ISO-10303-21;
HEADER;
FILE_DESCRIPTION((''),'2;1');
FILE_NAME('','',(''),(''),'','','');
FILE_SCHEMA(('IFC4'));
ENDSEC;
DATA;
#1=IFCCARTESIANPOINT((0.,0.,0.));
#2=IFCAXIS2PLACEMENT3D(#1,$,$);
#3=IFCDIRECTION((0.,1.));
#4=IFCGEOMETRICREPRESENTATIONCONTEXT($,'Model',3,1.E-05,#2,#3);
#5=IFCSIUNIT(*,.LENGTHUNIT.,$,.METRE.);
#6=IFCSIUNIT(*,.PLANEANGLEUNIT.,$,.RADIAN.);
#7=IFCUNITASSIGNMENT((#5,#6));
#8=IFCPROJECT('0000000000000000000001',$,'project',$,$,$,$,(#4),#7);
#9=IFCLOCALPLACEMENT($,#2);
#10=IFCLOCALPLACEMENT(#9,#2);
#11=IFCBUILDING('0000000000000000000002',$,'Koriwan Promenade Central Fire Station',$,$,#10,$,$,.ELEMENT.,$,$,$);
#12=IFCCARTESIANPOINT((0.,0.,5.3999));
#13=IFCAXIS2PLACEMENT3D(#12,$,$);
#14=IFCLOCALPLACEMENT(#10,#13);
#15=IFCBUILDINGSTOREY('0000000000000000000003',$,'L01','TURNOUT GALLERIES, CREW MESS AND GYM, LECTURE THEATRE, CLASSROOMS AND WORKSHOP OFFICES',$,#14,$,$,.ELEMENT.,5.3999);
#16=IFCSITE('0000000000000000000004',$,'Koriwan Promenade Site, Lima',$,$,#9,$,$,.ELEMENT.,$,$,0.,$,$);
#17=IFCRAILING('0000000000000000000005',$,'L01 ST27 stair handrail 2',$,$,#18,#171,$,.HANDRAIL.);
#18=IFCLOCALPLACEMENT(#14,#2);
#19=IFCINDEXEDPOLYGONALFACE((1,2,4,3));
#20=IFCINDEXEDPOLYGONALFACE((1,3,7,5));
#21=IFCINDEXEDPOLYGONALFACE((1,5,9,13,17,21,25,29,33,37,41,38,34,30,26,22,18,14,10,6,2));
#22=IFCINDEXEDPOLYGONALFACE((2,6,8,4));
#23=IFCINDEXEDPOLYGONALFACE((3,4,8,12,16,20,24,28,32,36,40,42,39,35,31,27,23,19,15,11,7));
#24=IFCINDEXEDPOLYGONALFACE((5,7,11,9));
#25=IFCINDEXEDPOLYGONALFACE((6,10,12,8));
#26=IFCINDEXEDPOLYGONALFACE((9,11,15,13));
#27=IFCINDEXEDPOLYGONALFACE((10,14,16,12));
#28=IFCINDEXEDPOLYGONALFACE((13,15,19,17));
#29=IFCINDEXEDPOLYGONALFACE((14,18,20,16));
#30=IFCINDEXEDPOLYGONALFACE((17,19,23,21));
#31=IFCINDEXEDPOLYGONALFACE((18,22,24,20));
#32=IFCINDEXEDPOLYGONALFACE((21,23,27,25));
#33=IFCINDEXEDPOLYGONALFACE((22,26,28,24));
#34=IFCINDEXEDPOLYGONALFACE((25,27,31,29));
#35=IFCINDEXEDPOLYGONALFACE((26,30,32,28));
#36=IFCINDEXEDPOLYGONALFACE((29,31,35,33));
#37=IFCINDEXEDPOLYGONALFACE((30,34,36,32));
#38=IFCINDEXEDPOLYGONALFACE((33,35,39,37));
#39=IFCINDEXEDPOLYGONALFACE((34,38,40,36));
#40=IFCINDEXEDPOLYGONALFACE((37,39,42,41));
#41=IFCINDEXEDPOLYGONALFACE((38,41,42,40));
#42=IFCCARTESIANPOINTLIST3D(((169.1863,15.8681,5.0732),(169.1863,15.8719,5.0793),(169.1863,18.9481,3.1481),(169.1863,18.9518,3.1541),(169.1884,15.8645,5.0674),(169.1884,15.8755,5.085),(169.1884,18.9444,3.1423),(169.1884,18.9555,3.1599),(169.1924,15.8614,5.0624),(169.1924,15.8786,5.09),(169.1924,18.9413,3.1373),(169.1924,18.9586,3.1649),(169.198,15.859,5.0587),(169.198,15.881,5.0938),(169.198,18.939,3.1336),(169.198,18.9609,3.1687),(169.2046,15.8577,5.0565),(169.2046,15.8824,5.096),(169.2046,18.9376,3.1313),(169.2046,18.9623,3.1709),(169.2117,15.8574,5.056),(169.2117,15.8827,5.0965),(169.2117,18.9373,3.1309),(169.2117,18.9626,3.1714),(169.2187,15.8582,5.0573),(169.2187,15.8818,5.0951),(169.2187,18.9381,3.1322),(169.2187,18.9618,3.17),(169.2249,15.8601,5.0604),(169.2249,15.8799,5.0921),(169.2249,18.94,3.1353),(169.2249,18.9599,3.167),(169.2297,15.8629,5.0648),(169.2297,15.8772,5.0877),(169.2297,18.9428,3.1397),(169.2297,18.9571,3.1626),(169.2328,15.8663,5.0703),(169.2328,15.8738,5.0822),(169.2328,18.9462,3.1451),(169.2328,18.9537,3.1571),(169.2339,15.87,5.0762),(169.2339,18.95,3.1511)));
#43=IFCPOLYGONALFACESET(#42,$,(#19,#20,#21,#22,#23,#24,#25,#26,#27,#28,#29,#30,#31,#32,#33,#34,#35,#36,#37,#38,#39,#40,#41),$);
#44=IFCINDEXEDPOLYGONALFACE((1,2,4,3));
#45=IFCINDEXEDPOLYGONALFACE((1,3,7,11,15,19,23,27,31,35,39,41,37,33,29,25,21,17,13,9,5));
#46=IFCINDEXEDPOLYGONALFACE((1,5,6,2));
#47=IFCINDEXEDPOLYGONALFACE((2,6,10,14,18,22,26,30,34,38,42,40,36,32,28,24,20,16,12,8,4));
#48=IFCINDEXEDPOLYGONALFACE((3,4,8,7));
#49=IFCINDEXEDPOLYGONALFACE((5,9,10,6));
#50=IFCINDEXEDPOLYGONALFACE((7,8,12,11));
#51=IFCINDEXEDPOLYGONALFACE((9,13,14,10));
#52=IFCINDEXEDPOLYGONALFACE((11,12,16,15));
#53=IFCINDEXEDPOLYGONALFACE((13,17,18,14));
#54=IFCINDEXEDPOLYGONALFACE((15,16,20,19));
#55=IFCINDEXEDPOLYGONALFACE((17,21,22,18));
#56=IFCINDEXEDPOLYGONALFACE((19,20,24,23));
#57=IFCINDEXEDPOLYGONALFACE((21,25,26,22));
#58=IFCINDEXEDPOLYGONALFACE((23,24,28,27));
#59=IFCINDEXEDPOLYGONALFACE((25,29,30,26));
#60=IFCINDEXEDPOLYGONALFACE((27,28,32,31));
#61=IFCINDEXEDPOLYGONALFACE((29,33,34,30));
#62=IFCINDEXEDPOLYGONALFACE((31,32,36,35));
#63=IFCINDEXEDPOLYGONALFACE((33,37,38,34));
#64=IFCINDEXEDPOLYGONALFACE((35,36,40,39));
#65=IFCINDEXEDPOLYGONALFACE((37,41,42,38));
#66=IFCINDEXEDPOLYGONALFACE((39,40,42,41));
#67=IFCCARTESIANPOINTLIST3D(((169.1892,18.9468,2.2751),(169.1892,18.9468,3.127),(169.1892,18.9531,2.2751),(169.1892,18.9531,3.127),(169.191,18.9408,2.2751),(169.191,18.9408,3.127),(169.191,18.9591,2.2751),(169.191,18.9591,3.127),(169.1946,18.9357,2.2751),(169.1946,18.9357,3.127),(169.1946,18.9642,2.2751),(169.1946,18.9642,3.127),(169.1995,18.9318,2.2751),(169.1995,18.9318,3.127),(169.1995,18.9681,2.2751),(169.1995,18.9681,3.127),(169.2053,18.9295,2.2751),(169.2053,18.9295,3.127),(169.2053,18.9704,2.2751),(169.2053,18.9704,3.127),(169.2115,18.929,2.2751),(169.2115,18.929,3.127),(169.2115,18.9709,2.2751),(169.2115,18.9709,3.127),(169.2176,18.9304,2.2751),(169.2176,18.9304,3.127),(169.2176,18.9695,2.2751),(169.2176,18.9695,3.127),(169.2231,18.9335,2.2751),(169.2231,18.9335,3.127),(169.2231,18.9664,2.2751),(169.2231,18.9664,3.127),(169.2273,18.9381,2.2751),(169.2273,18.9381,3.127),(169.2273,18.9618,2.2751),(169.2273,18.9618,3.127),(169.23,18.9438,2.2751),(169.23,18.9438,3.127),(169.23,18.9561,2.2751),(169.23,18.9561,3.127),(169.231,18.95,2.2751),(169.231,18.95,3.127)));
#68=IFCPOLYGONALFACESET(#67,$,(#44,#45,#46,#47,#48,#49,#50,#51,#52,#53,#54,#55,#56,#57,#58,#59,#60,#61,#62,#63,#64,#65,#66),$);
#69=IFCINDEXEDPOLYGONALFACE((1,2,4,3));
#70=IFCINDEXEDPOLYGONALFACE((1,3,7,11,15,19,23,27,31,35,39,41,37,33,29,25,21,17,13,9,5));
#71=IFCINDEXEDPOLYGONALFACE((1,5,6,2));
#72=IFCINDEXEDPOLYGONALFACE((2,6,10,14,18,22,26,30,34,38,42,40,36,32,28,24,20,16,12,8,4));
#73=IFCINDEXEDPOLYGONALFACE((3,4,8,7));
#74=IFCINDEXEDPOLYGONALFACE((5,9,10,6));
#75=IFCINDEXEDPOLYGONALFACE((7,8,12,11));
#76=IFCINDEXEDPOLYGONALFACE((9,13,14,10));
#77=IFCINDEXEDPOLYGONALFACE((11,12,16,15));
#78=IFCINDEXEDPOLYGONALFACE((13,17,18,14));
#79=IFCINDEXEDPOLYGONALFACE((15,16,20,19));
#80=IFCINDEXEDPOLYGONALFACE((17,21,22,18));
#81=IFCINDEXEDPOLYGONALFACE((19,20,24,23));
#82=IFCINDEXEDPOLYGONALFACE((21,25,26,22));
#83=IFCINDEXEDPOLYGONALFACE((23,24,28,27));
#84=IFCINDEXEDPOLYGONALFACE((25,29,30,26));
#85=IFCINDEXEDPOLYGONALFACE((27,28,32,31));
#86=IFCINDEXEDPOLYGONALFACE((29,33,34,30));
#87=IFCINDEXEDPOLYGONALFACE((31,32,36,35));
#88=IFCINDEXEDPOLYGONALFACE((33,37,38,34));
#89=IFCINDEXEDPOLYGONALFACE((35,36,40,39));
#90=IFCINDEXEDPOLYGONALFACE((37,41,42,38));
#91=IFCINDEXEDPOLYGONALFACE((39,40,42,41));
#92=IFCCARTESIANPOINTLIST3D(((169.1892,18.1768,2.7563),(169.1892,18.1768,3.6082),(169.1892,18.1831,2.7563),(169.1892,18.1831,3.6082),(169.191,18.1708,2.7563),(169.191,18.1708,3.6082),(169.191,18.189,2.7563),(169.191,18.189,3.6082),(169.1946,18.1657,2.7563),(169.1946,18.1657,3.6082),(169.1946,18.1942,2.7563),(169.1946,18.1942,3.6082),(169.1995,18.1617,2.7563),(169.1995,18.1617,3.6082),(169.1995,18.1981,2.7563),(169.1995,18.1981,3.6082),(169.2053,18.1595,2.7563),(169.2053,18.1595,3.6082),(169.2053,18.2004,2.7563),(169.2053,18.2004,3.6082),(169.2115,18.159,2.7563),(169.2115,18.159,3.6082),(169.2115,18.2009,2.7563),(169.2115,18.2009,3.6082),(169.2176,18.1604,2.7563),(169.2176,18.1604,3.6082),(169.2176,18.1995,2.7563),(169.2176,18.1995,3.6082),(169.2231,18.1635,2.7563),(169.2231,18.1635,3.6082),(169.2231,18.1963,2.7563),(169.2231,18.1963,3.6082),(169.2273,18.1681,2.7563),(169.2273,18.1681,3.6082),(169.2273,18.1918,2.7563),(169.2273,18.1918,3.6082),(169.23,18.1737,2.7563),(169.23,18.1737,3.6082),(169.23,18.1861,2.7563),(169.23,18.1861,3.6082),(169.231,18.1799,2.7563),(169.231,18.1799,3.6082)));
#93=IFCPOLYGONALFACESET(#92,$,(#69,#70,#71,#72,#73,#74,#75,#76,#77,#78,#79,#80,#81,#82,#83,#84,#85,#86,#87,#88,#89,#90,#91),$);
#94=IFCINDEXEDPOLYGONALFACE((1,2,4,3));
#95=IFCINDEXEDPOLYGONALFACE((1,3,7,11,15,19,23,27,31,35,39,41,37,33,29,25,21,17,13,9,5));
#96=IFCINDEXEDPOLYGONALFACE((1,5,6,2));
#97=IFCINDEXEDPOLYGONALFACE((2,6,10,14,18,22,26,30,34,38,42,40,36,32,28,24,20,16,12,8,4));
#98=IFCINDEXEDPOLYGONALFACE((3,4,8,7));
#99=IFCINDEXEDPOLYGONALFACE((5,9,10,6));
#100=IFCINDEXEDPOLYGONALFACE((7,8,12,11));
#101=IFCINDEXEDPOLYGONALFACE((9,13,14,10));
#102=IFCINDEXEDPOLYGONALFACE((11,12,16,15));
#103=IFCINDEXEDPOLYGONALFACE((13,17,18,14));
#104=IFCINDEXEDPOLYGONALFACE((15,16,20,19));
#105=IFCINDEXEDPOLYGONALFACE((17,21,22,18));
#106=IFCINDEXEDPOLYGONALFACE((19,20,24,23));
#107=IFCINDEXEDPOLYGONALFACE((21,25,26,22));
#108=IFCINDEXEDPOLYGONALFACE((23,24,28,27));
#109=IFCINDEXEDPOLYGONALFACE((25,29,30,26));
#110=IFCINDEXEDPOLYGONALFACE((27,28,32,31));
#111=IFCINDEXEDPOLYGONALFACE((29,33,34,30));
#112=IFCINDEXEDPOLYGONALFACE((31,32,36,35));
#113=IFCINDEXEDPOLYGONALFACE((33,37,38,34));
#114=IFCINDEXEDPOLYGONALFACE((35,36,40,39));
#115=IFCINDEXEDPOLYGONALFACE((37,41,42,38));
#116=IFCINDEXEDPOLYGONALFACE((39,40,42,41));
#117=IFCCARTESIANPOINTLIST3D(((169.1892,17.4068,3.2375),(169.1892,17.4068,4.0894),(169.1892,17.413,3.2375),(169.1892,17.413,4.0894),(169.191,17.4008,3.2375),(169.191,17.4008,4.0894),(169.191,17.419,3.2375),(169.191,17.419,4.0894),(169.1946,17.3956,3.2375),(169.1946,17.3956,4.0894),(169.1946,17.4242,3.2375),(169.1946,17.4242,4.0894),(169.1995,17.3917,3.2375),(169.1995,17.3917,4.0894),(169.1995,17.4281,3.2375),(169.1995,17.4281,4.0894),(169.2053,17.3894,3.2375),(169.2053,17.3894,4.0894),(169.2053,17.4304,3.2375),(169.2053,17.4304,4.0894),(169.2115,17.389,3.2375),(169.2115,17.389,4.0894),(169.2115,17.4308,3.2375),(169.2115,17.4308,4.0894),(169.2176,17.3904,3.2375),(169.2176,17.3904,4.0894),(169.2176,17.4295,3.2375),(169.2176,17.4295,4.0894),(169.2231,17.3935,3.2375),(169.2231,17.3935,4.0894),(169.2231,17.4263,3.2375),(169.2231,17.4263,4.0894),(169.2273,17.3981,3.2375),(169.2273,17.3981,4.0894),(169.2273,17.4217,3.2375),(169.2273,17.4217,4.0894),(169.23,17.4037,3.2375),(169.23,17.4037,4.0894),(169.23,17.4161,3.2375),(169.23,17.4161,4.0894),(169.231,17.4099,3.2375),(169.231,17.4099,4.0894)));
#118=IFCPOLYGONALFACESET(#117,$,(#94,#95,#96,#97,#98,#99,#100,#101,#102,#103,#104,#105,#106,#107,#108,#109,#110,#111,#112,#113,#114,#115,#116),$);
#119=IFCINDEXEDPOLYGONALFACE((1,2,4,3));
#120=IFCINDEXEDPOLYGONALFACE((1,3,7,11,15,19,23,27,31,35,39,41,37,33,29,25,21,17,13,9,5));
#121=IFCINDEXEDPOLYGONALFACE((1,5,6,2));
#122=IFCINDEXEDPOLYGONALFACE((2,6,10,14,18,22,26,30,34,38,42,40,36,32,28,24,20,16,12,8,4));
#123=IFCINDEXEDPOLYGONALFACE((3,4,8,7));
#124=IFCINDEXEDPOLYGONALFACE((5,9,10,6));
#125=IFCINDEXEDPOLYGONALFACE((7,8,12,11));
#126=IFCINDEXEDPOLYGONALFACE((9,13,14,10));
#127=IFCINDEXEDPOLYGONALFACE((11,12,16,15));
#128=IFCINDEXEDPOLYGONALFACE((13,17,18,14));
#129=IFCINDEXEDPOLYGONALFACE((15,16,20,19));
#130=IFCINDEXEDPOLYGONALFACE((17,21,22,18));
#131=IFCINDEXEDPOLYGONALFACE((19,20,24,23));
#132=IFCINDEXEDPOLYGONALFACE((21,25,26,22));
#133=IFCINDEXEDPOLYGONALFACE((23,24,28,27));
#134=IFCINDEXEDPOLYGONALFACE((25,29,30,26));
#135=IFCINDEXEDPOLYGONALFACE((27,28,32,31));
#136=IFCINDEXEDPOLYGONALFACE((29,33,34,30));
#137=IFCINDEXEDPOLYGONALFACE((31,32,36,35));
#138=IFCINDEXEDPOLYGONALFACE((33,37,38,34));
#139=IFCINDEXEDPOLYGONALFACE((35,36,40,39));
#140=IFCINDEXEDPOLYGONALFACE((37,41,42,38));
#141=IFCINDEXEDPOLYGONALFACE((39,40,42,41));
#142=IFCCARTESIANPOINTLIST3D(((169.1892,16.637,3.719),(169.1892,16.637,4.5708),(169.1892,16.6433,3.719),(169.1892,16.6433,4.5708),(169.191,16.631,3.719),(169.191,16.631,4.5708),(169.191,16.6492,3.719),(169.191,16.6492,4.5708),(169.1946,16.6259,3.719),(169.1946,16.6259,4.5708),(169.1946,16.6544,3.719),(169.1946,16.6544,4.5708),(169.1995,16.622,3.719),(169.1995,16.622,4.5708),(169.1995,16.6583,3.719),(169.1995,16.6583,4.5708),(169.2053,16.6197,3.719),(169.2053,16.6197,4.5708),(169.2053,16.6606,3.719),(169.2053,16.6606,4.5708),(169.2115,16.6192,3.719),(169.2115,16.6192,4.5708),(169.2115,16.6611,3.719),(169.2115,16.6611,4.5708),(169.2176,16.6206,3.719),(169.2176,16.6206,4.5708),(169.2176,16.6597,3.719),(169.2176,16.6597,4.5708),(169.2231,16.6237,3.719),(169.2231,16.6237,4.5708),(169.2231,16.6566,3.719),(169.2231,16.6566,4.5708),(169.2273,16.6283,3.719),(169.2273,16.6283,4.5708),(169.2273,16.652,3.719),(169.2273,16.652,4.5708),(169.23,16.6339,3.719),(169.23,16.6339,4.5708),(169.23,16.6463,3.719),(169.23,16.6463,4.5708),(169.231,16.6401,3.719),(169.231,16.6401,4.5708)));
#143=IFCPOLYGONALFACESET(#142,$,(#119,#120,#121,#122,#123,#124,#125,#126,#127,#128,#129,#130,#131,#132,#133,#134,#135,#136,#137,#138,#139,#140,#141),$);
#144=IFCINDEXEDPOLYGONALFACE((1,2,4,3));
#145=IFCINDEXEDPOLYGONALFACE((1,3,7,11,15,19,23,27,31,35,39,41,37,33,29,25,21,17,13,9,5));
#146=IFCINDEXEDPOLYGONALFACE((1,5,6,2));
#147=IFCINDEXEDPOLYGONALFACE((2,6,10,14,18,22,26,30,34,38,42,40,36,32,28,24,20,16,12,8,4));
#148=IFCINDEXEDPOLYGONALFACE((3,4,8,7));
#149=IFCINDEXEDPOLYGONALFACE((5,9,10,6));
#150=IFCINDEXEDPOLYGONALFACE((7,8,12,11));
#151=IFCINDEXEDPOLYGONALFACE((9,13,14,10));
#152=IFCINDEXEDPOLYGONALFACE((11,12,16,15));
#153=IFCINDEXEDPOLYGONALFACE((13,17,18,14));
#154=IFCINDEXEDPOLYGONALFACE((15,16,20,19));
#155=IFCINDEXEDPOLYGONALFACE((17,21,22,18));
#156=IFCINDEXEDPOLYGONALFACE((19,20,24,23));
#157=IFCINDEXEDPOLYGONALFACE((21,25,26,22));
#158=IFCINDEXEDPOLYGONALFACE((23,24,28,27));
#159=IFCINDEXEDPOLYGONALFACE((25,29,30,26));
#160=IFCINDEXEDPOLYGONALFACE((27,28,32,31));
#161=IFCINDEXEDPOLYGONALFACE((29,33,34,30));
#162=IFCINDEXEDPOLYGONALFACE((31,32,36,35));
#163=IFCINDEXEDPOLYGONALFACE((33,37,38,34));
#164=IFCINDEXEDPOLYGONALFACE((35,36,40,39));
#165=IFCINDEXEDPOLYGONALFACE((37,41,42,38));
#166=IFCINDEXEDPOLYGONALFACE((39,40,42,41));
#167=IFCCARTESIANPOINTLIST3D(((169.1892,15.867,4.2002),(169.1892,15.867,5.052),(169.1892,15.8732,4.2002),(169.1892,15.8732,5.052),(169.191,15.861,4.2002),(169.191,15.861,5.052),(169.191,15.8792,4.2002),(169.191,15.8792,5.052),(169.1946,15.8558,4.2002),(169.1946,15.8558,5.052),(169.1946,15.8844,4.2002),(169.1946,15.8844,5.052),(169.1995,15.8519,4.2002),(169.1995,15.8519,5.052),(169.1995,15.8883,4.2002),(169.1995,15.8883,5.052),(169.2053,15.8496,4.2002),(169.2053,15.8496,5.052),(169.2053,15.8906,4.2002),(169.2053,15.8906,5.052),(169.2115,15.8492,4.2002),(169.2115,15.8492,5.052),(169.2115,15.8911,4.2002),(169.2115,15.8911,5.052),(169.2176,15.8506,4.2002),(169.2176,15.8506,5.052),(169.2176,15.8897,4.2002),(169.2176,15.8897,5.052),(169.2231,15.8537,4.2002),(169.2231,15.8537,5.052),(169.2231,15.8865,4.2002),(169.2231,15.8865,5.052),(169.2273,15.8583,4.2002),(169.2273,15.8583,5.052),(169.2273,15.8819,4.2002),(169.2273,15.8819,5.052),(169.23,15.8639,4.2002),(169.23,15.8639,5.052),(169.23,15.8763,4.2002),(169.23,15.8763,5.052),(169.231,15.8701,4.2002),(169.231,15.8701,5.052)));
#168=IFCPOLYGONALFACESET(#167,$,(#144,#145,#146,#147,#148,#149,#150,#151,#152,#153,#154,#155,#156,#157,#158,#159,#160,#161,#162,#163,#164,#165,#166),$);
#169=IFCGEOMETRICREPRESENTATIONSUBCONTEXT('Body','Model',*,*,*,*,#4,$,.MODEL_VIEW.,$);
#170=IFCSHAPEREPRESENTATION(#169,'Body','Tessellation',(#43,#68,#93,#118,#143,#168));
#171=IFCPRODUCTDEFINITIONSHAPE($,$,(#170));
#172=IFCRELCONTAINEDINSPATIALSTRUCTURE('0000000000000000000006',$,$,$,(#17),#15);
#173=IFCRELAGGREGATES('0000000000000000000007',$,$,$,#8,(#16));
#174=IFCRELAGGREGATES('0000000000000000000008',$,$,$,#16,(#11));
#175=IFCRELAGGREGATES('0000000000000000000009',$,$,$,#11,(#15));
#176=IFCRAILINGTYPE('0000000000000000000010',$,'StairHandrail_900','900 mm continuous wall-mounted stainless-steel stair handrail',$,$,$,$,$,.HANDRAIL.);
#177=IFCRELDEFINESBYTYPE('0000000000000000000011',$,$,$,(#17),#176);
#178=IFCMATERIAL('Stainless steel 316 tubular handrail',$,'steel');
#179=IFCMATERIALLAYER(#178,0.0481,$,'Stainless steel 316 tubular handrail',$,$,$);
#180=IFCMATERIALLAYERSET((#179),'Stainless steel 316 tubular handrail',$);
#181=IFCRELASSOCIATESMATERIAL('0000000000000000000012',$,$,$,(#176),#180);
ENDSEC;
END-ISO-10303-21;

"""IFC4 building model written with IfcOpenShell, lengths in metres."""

from ifc_helpers import new_model, si_unit, direction, frame, origin, origin_2d, place, context, subcontext, project, spatial, circle, extrude, material, layer, layer_set, type_object, element, save


model = new_model("IFC4")

# Units and contexts
model_context = context("Model", 3, precision=1e-05, world=origin(), true_north=direction((0.0, 1.0)))
body_context = subcontext(model_context, "Body", "Model", "MODEL_VIEW")
ifc_project = project(units=[si_unit("LENGTHUNIT", "METRE"), si_unit("PLANEANGLEUNIT", "RADIAN")], contexts=[model_context])

# Site, building, storey
site_placement = place(None, origin())
site = spatial("IfcSite", under=ifc_project, at=site_placement, Name="Koriwan Promenade Site, Lima", CompositionType="ELEMENT", RefElevation=0.0)
building_placement = place(site_placement, origin())
building = spatial("IfcBuilding", under=site, at=building_placement, Name="Koriwan Promenade Central Fire Station", CompositionType="ELEMENT")
storey_placement = place(building_placement, frame((0.0, 0.0, 5.3999)))
storey = spatial("IfcBuildingStorey", under=building, at=storey_placement, Name="L01", Description="TURNOUT GALLERIES, CREW MESS AND GYM, LECTURE THEATRE, CLASSROOMS AND WORKSHOP OFFICES", CompositionType="ELEMENT", Elevation=5.3999)

# Railing
ifc_material_1 = material(Name="Stainless steel 316 tubular handrail", Category="steel")
ifc_layer_1 = layer(ifc_material_1, 0.0481, Name="Stainless steel 316 tubular handrail")
ifc_layer_set_1 = layer_set([ifc_layer_1], Name="Stainless steel 316 tubular handrail")
railing_type_1 = type_object("IfcRailingType", Name="StairHandrail_900", Description="900 mm continuous wall-mounted stainless-steel stair handrail", PredefinedType="HANDRAIL", material=ifc_layer_set_1)
railing_1_placement = place(storey_placement, frame((169.21, 18.95, 2.2751)))
element("IfcRailing", 1, at=railing_1_placement, inside=storey, type_object=railing_type_1, Name="L01 ST27 stair handrail 2", PredefinedType="HANDRAIL", context=body_context, shape_type="SweptSolid", body=[
    extrude(circle(Radius=0.0239, at=origin_2d()), frame((0.0, 0.0, 0.876), z_axis=(0.0, -0.847979, 0.530029), x_axis=(1.0, 0.0, 0.0)), (0.0, 0.0, 1.0), 3.6321),
    extrude(circle(Radius=0.021, at=origin_2d()), origin(), (0.0, 0.0, 1.0), 0.8518),
    extrude(circle(Radius=0.021, at=origin_2d()), frame((0.0, -0.77, 0.4812)), (0.0, 0.0, 1.0), 0.8518),
    extrude(circle(Radius=0.021, at=origin_2d()), frame((0.0, -1.54, 0.9624)), (0.0, 0.0, 1.0), 0.8518),
    extrude(circle(Radius=0.021, at=origin_2d()), frame((0.0, -2.3098, 1.4438)), (0.0, 0.0, 1.0), 0.8518),
    extrude(circle(Radius=0.021, at=origin_2d()), frame((0.0, -3.0798, 1.925)), (0.0, 0.0, 1.0), 0.8518),
])

save(model, "model.ifc")
